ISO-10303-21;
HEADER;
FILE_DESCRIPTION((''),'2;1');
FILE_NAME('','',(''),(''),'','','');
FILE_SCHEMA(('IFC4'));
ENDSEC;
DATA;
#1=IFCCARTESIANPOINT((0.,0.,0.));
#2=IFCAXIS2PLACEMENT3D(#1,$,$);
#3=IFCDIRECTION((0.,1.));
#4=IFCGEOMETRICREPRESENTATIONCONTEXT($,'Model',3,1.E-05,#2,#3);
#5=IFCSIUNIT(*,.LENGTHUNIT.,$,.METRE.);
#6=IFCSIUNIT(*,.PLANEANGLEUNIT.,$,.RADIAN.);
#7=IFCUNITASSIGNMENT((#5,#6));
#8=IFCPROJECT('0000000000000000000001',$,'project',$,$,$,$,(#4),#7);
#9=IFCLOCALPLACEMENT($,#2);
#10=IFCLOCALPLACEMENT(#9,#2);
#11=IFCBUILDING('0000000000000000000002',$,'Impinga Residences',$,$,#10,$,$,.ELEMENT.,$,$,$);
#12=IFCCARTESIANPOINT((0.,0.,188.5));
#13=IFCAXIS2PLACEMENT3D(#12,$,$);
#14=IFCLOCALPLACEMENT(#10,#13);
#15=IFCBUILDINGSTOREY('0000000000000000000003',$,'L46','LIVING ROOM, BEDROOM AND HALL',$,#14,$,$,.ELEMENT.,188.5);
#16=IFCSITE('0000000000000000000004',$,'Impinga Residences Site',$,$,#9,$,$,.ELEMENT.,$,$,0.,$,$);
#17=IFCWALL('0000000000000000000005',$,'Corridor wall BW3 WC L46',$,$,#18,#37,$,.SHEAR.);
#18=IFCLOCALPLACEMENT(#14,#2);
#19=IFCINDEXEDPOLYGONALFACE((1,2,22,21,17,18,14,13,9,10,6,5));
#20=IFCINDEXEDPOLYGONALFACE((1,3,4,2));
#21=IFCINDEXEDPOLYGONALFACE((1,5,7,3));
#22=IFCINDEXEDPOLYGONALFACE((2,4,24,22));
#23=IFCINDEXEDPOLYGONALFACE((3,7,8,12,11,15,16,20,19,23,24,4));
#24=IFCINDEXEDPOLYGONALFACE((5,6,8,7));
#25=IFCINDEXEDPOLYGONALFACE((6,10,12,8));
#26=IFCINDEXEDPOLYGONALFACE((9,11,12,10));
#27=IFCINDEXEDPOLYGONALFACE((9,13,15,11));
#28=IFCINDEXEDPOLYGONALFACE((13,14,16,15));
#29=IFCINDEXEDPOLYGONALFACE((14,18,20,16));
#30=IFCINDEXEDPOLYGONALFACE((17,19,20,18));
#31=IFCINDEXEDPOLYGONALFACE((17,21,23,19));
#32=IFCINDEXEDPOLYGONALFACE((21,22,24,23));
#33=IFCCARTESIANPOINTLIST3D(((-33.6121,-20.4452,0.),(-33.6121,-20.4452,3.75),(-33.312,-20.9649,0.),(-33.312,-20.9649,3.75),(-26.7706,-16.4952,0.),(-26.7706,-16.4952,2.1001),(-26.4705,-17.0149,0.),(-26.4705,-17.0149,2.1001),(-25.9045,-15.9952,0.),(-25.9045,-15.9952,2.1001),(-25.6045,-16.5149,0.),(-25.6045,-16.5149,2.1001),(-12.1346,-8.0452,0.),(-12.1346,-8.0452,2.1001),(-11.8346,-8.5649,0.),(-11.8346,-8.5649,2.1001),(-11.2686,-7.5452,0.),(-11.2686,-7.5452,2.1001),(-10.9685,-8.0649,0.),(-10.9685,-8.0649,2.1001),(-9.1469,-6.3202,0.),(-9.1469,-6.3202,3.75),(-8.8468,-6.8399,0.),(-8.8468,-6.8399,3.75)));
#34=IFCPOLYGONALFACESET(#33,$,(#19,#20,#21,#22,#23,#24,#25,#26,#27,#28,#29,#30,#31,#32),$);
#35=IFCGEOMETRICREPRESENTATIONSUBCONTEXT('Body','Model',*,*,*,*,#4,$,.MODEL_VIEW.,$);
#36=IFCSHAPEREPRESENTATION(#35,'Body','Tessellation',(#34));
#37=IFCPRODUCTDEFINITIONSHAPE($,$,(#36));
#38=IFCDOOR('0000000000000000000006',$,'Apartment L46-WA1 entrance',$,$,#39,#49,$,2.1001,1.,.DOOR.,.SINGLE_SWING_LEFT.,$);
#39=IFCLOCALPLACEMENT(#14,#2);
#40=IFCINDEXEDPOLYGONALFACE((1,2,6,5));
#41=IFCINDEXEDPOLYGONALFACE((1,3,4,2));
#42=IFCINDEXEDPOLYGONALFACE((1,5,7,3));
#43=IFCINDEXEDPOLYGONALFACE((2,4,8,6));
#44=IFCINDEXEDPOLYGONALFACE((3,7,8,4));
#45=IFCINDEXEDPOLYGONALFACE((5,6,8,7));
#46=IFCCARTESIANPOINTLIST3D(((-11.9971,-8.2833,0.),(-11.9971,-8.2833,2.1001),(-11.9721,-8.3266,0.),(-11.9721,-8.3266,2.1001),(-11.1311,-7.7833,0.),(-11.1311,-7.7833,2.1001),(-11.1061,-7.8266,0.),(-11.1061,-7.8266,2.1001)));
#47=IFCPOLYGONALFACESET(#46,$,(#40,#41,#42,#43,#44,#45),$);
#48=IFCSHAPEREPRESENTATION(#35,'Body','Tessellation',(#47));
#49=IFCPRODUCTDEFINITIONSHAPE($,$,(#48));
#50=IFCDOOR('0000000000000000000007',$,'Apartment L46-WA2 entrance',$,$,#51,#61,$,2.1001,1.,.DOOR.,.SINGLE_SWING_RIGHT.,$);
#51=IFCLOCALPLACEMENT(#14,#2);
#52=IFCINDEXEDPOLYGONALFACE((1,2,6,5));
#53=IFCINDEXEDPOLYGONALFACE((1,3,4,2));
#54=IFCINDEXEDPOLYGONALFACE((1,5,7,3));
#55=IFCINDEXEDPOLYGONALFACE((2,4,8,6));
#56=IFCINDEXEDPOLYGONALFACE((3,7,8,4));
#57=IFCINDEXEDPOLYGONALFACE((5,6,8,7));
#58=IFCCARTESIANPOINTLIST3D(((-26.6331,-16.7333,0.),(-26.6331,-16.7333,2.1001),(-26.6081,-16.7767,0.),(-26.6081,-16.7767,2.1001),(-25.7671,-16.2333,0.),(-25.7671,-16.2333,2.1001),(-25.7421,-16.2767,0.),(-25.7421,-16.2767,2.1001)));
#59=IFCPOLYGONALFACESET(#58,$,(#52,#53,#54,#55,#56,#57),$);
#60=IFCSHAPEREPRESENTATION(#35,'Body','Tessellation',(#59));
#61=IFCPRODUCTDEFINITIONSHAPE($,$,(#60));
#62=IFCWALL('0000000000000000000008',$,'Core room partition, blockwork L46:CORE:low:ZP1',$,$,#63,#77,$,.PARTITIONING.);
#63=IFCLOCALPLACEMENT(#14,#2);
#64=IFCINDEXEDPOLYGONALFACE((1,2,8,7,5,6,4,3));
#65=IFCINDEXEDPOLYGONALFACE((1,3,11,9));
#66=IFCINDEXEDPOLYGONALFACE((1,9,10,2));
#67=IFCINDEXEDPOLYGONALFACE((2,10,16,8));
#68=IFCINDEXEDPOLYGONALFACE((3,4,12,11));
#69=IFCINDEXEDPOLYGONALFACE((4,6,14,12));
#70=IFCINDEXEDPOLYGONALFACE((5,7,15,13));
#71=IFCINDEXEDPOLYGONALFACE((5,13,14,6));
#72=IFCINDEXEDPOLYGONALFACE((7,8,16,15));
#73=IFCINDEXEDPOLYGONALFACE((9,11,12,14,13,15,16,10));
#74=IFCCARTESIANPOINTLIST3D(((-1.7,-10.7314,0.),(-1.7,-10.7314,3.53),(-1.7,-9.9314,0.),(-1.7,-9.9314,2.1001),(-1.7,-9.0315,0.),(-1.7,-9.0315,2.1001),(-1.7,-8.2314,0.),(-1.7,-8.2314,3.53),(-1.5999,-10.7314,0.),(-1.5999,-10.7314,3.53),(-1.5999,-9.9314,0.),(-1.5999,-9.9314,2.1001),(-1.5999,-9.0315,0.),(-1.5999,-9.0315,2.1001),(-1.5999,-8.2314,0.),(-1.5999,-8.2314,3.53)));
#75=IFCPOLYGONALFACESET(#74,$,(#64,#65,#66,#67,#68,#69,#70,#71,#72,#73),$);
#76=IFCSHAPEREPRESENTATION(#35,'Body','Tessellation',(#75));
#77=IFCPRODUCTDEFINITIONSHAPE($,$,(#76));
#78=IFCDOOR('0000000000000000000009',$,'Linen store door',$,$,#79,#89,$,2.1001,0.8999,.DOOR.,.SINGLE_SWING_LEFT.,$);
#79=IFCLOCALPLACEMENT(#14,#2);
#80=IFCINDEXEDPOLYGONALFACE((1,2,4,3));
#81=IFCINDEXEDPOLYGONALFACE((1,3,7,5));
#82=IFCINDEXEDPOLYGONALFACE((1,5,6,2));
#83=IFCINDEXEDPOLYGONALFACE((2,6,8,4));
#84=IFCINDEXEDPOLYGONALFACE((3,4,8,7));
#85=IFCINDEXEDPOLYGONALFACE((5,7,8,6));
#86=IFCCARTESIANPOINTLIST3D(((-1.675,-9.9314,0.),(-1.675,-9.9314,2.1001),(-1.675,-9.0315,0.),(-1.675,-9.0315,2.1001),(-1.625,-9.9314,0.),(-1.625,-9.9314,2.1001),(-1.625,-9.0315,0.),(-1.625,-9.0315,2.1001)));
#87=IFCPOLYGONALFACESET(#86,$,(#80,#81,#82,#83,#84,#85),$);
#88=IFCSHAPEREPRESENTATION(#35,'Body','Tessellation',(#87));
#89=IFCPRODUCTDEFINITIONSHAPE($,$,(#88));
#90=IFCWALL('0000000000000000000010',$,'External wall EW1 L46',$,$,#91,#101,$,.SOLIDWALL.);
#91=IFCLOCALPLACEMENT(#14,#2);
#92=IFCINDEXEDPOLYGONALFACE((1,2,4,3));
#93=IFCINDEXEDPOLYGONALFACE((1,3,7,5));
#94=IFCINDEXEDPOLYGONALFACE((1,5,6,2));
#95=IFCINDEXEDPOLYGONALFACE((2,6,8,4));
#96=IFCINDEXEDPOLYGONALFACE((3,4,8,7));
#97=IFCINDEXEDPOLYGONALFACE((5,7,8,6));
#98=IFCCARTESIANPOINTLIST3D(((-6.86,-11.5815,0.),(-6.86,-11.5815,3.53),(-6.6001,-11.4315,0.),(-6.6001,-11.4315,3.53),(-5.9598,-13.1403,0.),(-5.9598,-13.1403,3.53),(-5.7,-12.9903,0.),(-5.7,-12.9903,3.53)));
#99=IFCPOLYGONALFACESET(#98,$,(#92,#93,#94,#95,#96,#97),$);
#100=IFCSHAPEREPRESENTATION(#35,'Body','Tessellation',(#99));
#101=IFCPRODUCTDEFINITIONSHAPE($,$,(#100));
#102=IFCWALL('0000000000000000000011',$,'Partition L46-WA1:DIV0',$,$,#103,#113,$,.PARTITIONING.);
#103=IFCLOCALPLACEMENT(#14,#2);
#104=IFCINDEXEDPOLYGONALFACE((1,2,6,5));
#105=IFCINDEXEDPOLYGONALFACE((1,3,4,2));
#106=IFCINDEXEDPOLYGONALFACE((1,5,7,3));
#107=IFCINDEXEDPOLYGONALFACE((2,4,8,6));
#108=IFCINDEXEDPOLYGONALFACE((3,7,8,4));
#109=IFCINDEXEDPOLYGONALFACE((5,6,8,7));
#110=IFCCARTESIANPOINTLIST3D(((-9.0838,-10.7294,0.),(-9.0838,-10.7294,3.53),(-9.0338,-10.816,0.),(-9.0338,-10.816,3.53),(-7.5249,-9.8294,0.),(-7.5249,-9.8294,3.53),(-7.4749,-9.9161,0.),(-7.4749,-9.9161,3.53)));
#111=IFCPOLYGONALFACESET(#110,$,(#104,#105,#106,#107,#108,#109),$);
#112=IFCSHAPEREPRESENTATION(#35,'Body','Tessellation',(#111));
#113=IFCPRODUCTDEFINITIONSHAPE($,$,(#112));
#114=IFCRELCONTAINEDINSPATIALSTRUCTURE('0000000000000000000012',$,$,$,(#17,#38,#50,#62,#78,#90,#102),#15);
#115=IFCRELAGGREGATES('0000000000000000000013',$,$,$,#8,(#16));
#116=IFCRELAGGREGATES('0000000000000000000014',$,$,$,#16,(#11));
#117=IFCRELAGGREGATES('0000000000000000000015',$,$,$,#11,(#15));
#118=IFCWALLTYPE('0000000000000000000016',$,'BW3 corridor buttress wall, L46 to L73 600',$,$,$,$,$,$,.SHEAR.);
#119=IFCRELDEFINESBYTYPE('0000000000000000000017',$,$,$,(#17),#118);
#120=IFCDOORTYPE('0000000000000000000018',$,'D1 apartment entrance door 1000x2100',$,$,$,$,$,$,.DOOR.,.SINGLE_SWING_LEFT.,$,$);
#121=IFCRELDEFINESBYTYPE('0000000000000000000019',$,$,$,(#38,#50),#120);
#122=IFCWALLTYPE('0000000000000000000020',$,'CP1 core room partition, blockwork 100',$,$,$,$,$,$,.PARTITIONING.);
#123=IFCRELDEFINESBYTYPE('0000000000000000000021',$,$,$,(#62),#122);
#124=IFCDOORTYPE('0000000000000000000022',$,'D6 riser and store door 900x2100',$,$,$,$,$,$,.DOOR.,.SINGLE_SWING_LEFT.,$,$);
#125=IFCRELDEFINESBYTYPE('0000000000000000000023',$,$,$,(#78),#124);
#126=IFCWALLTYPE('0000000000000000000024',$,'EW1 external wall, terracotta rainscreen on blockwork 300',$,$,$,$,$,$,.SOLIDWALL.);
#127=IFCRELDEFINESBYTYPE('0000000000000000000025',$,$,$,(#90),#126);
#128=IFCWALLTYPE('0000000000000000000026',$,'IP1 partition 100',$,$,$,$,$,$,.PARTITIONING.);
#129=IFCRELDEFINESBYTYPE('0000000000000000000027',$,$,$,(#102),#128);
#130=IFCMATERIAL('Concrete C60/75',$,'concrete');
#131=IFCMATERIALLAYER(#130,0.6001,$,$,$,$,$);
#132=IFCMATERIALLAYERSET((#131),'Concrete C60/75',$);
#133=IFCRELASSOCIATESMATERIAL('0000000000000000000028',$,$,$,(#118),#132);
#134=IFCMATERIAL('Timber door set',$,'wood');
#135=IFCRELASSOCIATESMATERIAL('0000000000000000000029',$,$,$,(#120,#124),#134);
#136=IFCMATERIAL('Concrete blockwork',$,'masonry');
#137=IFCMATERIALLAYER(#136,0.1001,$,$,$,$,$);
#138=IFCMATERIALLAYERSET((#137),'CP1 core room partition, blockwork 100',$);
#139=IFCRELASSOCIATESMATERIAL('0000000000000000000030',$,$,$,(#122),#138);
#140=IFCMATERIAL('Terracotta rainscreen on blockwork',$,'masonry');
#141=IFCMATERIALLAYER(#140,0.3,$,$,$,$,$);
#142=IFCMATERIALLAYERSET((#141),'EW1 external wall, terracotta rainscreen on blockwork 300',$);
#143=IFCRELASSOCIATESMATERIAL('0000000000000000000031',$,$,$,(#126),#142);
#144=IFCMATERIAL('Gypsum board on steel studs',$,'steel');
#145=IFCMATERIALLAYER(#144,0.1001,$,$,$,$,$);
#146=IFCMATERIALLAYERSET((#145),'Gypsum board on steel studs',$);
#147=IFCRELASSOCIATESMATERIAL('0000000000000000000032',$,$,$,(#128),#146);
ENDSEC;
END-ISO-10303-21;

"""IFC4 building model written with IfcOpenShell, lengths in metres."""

from ifc_helpers import new_model, si_unit, direction, frame, frame_2d, origin, place, context, subcontext, project, spatial, rectangle, extrude, material, layer, layer_set, type_object, element, fill, save


model = new_model("IFC4")

# Units and contexts
model_context = context("Model", 3, precision=1e-05, world=origin(), true_north=direction((0.0, 1.0)))
body_context = subcontext(model_context, "Body", "Model", "MODEL_VIEW")
ifc_project = project(units=[si_unit("LENGTHUNIT", "METRE"), si_unit("PLANEANGLEUNIT", "RADIAN")], contexts=[model_context])

# Site, building, storey
site_placement = place(None, origin())
site = spatial("IfcSite", under=ifc_project, at=site_placement, Name="Impinga Residences Site", CompositionType="ELEMENT", RefElevation=0.0)
building_placement = place(site_placement, origin())
building = spatial("IfcBuilding", under=site, at=building_placement, Name="Impinga Residences", CompositionType="ELEMENT")
storey_placement = place(building_placement, frame((0.0, 0.0, 188.5)))
storey = spatial("IfcBuildingStorey", under=building, at=storey_placement, Name="L46", Description="LIVING ROOM, BEDROOM AND HALL", CompositionType="ELEMENT", Elevation=188.5)

# Wall, openings, doors
ifc_material_1 = material(Name="Concrete C60/75", Category="concrete")
ifc_layer_1 = layer(ifc_material_1, 0.6001)
ifc_layer_set_1 = layer_set([ifc_layer_1], Name="Concrete C60/75")
wall_type_1 = type_object("IfcWallType", Name="BW3 corridor buttress wall, L46 to L73 600", PredefinedType="SHEAR", material=ifc_layer_set_1)
wall_1_placement = place(storey_placement, frame((-8.9968, -6.5801, 0.0), z_axis=(0.0, 0.0, 1.0), x_axis=(-0.866026, -0.499998, 0.0)))
wall_1 = element("IfcWall", 1, at=wall_1_placement, inside=storey, type_object=wall_type_1, Name="Corridor wall BW3 WC L46", PredefinedType="SHEAR", context=body_context, shape_type="SweptSolid", body=[
    extrude(rectangle(XDim=28.25, YDim=0.6001, at=frame_2d((14.125, 0.0))), origin(), (0.0, 0.0, 1.0), 3.75),
])
opening_1_placement = place(wall_1_placement, frame((2.45, 0.0, 0.0)))
opening_1 = element("IfcOpeningElement", 2, at=opening_1_placement, cuts=wall_1, PredefinedType="OPENING", context=body_context, shape_type="SweptSolid", body=[
    extrude(rectangle(XDim=1.0, YDim=2.1001, at=frame_2d((0.5, 1.05))), frame((0.0, 0.3101, 0.0), z_axis=(0.0, -1.0, 0.0), x_axis=(1.0, 0.0, 0.0)), (0.0, 0.0, 1.0), 0.6201),
])
opening_2_placement = place(wall_1_placement, frame((19.3501, 0.0, 0.0)))
opening_2 = element("IfcOpeningElement", 3, at=opening_2_placement, cuts=wall_1, PredefinedType="OPENING", context=body_context, shape_type="SweptSolid", body=[
    extrude(rectangle(XDim=1.0, YDim=2.1001, at=frame_2d((0.5, 1.05))), frame((0.0, 0.3101, 0.0), z_axis=(0.0, -1.0, 0.0), x_axis=(1.0, 0.0, 0.0)), (0.0, 0.0, 1.0), 0.6201),
])
ifc_material_2 = material(Name="Timber door set", Category="wood")
door_type_1 = type_object("IfcDoorType", Name="D1 apartment entrance door 1000x2100", OperationType="SINGLE_SWING_LEFT", PredefinedType="DOOR", material=ifc_material_2)
door_1_placement = place(opening_1_placement, origin())
door_1 = element("IfcDoor", 4, at=door_1_placement, inside=storey, type_object=door_type_1, Name="Apartment L46-WA1 entrance", OperationType="SINGLE_SWING_LEFT", OverallHeight=2.1001, OverallWidth=1.0, PredefinedType="DOOR", context=body_context, shape_type="SweptSolid", body=[
    extrude(rectangle(XDim=1.0, YDim=2.1001, at=frame_2d((0.5, 1.05))), frame((0.0, 0.0249, 0.0), z_axis=(0.0, -1.0, 0.0), x_axis=(1.0, 0.0, 0.0)), (0.0, 0.0, 1.0), 0.05),
])
fill(opening_1, door_1)
door_2_placement = place(opening_2_placement, origin())
door_2 = element("IfcDoor", 5, at=door_2_placement, inside=storey, type_object=door_type_1, Name="Apartment L46-WA2 entrance", OperationType="SINGLE_SWING_RIGHT", OverallHeight=2.1001, OverallWidth=1.0, PredefinedType="DOOR", context=body_context, shape_type="SweptSolid", body=[
    extrude(rectangle(XDim=1.0, YDim=2.1001, at=frame_2d((0.5, 1.05))), frame((0.0, 0.0249, 0.0), z_axis=(0.0, -1.0, 0.0), x_axis=(1.0, 0.0, 0.0)), (0.0, 0.0, 1.0), 0.05),
])
fill(opening_2, door_2)

# Wall, opening, door
ifc_material_3 = material(Name="Concrete blockwork", Category="masonry")
ifc_layer_2 = layer(ifc_material_3, 0.1001)
ifc_layer_set_2 = layer_set([ifc_layer_2], Name="CP1 core room partition, blockwork 100")
wall_type_2 = type_object("IfcWallType", Name="CP1 core room partition, blockwork 100", PredefinedType="PARTITIONING", material=ifc_layer_set_2)
wall_2_placement = place(storey_placement, frame((-1.6499, -8.2314, 0.0), z_axis=(0.0, 0.0, 1.0), x_axis=(0.0, -1.0, 0.0)))
wall_2 = element("IfcWall", 6, at=wall_2_placement, inside=storey, type_object=wall_type_2, Name="Core room partition, blockwork L46:CORE:low:ZP1", PredefinedType="PARTITIONING", context=body_context, shape_type="SweptSolid", body=[
    extrude(rectangle(XDim=2.5, YDim=0.1001, at=frame_2d((1.25, 0.0))), origin(), (0.0, 0.0, 1.0), 3.53),
])
opening_3_placement = place(wall_2_placement, frame((0.8, 0.0, 0.0)))
opening_3 = element("IfcOpeningElement", 7, at=opening_3_placement, cuts=wall_2, PredefinedType="OPENING", context=body_context, shape_type="SweptSolid", body=[
    extrude(rectangle(XDim=0.8999, YDim=2.1001, at=frame_2d((0.45, 1.05))), frame((0.0, 0.0601, 0.0), z_axis=(0.0, -1.0, 0.0), x_axis=(1.0, 0.0, 0.0)), (0.0, 0.0, 1.0), 0.1201),
])
door_type_2 = type_object("IfcDoorType", Name="D6 riser and store door 900x2100", OperationType="SINGLE_SWING_LEFT", PredefinedType="DOOR", material=ifc_material_2)
door_3_placement = place(opening_3_placement, origin())
door_3 = element("IfcDoor", 8, at=door_3_placement, inside=storey, type_object=door_type_2, Name="Linen store door", OperationType="SINGLE_SWING_LEFT", OverallHeight=2.1001, OverallWidth=0.8999, PredefinedType="DOOR", context=body_context, shape_type="SweptSolid", body=[
    extrude(rectangle(XDim=0.8999, YDim=2.1001, at=frame_2d((0.45, 1.05))), frame((0.0, 0.0249, 0.0), z_axis=(0.0, -1.0, 0.0), x_axis=(1.0, 0.0, 0.0)), (0.0, 0.0, 1.0), 0.05),
])
fill(opening_3, door_3)

# Walls
ifc_material_4 = material(Name="Terracotta rainscreen on blockwork", Category="masonry")
ifc_layer_3 = layer(ifc_material_4, 0.3)
ifc_layer_set_3 = layer_set([ifc_layer_3], Name="EW1 external wall, terracotta rainscreen on blockwork 300")
wall_type_3 = type_object("IfcWallType", Name="EW1 external wall, terracotta rainscreen on blockwork 300", PredefinedType="SOLIDWALL", material=ifc_layer_set_3)
wall_3_placement = place(storey_placement, frame((-6.73, -11.5066, 0.0), z_axis=(0.0, 0.0, 1.0), x_axis=(0.500063, -0.865989, 0.0)))
element("IfcWall", 9, at=wall_3_placement, inside=storey, type_object=wall_type_3, Name="External wall EW1 L46", PredefinedType="SOLIDWALL", context=body_context, shape_type="SweptSolid", body=[
    extrude(rectangle(XDim=1.8, YDim=0.3, at=frame_2d((0.8999, 0.0))), origin(), (0.0, 0.0, 1.0), 3.53),
])
ifc_material_5 = material(Name="Gypsum board on steel studs", Category="steel")
ifc_layer_4 = layer(ifc_material_5, 0.1001)
ifc_layer_set_4 = layer_set([ifc_layer_4], Name="Gypsum board on steel studs")
wall_type_4 = type_object("IfcWallType", Name="IP1 partition 100", PredefinedType="PARTITIONING", material=ifc_layer_set_4)
wall_4_placement = place(storey_placement, frame((-7.5, -9.8728, 0.0), z_axis=(0.0, 0.0, 1.0), x_axis=(-0.866048, -0.499961, 0.0)))
element("IfcWall", 10, at=wall_4_placement, inside=storey, type_object=wall_type_4, Name="Partition L46-WA1:DIV0", PredefinedType="PARTITIONING", context=body_context, shape_type="SweptSolid", body=[
    extrude(rectangle(XDim=1.8, YDim=0.1001, at=frame_2d((0.8999, 0.0))), origin(), (0.0, 0.0, 1.0), 3.53),
])

save(model, "model.ifc")
